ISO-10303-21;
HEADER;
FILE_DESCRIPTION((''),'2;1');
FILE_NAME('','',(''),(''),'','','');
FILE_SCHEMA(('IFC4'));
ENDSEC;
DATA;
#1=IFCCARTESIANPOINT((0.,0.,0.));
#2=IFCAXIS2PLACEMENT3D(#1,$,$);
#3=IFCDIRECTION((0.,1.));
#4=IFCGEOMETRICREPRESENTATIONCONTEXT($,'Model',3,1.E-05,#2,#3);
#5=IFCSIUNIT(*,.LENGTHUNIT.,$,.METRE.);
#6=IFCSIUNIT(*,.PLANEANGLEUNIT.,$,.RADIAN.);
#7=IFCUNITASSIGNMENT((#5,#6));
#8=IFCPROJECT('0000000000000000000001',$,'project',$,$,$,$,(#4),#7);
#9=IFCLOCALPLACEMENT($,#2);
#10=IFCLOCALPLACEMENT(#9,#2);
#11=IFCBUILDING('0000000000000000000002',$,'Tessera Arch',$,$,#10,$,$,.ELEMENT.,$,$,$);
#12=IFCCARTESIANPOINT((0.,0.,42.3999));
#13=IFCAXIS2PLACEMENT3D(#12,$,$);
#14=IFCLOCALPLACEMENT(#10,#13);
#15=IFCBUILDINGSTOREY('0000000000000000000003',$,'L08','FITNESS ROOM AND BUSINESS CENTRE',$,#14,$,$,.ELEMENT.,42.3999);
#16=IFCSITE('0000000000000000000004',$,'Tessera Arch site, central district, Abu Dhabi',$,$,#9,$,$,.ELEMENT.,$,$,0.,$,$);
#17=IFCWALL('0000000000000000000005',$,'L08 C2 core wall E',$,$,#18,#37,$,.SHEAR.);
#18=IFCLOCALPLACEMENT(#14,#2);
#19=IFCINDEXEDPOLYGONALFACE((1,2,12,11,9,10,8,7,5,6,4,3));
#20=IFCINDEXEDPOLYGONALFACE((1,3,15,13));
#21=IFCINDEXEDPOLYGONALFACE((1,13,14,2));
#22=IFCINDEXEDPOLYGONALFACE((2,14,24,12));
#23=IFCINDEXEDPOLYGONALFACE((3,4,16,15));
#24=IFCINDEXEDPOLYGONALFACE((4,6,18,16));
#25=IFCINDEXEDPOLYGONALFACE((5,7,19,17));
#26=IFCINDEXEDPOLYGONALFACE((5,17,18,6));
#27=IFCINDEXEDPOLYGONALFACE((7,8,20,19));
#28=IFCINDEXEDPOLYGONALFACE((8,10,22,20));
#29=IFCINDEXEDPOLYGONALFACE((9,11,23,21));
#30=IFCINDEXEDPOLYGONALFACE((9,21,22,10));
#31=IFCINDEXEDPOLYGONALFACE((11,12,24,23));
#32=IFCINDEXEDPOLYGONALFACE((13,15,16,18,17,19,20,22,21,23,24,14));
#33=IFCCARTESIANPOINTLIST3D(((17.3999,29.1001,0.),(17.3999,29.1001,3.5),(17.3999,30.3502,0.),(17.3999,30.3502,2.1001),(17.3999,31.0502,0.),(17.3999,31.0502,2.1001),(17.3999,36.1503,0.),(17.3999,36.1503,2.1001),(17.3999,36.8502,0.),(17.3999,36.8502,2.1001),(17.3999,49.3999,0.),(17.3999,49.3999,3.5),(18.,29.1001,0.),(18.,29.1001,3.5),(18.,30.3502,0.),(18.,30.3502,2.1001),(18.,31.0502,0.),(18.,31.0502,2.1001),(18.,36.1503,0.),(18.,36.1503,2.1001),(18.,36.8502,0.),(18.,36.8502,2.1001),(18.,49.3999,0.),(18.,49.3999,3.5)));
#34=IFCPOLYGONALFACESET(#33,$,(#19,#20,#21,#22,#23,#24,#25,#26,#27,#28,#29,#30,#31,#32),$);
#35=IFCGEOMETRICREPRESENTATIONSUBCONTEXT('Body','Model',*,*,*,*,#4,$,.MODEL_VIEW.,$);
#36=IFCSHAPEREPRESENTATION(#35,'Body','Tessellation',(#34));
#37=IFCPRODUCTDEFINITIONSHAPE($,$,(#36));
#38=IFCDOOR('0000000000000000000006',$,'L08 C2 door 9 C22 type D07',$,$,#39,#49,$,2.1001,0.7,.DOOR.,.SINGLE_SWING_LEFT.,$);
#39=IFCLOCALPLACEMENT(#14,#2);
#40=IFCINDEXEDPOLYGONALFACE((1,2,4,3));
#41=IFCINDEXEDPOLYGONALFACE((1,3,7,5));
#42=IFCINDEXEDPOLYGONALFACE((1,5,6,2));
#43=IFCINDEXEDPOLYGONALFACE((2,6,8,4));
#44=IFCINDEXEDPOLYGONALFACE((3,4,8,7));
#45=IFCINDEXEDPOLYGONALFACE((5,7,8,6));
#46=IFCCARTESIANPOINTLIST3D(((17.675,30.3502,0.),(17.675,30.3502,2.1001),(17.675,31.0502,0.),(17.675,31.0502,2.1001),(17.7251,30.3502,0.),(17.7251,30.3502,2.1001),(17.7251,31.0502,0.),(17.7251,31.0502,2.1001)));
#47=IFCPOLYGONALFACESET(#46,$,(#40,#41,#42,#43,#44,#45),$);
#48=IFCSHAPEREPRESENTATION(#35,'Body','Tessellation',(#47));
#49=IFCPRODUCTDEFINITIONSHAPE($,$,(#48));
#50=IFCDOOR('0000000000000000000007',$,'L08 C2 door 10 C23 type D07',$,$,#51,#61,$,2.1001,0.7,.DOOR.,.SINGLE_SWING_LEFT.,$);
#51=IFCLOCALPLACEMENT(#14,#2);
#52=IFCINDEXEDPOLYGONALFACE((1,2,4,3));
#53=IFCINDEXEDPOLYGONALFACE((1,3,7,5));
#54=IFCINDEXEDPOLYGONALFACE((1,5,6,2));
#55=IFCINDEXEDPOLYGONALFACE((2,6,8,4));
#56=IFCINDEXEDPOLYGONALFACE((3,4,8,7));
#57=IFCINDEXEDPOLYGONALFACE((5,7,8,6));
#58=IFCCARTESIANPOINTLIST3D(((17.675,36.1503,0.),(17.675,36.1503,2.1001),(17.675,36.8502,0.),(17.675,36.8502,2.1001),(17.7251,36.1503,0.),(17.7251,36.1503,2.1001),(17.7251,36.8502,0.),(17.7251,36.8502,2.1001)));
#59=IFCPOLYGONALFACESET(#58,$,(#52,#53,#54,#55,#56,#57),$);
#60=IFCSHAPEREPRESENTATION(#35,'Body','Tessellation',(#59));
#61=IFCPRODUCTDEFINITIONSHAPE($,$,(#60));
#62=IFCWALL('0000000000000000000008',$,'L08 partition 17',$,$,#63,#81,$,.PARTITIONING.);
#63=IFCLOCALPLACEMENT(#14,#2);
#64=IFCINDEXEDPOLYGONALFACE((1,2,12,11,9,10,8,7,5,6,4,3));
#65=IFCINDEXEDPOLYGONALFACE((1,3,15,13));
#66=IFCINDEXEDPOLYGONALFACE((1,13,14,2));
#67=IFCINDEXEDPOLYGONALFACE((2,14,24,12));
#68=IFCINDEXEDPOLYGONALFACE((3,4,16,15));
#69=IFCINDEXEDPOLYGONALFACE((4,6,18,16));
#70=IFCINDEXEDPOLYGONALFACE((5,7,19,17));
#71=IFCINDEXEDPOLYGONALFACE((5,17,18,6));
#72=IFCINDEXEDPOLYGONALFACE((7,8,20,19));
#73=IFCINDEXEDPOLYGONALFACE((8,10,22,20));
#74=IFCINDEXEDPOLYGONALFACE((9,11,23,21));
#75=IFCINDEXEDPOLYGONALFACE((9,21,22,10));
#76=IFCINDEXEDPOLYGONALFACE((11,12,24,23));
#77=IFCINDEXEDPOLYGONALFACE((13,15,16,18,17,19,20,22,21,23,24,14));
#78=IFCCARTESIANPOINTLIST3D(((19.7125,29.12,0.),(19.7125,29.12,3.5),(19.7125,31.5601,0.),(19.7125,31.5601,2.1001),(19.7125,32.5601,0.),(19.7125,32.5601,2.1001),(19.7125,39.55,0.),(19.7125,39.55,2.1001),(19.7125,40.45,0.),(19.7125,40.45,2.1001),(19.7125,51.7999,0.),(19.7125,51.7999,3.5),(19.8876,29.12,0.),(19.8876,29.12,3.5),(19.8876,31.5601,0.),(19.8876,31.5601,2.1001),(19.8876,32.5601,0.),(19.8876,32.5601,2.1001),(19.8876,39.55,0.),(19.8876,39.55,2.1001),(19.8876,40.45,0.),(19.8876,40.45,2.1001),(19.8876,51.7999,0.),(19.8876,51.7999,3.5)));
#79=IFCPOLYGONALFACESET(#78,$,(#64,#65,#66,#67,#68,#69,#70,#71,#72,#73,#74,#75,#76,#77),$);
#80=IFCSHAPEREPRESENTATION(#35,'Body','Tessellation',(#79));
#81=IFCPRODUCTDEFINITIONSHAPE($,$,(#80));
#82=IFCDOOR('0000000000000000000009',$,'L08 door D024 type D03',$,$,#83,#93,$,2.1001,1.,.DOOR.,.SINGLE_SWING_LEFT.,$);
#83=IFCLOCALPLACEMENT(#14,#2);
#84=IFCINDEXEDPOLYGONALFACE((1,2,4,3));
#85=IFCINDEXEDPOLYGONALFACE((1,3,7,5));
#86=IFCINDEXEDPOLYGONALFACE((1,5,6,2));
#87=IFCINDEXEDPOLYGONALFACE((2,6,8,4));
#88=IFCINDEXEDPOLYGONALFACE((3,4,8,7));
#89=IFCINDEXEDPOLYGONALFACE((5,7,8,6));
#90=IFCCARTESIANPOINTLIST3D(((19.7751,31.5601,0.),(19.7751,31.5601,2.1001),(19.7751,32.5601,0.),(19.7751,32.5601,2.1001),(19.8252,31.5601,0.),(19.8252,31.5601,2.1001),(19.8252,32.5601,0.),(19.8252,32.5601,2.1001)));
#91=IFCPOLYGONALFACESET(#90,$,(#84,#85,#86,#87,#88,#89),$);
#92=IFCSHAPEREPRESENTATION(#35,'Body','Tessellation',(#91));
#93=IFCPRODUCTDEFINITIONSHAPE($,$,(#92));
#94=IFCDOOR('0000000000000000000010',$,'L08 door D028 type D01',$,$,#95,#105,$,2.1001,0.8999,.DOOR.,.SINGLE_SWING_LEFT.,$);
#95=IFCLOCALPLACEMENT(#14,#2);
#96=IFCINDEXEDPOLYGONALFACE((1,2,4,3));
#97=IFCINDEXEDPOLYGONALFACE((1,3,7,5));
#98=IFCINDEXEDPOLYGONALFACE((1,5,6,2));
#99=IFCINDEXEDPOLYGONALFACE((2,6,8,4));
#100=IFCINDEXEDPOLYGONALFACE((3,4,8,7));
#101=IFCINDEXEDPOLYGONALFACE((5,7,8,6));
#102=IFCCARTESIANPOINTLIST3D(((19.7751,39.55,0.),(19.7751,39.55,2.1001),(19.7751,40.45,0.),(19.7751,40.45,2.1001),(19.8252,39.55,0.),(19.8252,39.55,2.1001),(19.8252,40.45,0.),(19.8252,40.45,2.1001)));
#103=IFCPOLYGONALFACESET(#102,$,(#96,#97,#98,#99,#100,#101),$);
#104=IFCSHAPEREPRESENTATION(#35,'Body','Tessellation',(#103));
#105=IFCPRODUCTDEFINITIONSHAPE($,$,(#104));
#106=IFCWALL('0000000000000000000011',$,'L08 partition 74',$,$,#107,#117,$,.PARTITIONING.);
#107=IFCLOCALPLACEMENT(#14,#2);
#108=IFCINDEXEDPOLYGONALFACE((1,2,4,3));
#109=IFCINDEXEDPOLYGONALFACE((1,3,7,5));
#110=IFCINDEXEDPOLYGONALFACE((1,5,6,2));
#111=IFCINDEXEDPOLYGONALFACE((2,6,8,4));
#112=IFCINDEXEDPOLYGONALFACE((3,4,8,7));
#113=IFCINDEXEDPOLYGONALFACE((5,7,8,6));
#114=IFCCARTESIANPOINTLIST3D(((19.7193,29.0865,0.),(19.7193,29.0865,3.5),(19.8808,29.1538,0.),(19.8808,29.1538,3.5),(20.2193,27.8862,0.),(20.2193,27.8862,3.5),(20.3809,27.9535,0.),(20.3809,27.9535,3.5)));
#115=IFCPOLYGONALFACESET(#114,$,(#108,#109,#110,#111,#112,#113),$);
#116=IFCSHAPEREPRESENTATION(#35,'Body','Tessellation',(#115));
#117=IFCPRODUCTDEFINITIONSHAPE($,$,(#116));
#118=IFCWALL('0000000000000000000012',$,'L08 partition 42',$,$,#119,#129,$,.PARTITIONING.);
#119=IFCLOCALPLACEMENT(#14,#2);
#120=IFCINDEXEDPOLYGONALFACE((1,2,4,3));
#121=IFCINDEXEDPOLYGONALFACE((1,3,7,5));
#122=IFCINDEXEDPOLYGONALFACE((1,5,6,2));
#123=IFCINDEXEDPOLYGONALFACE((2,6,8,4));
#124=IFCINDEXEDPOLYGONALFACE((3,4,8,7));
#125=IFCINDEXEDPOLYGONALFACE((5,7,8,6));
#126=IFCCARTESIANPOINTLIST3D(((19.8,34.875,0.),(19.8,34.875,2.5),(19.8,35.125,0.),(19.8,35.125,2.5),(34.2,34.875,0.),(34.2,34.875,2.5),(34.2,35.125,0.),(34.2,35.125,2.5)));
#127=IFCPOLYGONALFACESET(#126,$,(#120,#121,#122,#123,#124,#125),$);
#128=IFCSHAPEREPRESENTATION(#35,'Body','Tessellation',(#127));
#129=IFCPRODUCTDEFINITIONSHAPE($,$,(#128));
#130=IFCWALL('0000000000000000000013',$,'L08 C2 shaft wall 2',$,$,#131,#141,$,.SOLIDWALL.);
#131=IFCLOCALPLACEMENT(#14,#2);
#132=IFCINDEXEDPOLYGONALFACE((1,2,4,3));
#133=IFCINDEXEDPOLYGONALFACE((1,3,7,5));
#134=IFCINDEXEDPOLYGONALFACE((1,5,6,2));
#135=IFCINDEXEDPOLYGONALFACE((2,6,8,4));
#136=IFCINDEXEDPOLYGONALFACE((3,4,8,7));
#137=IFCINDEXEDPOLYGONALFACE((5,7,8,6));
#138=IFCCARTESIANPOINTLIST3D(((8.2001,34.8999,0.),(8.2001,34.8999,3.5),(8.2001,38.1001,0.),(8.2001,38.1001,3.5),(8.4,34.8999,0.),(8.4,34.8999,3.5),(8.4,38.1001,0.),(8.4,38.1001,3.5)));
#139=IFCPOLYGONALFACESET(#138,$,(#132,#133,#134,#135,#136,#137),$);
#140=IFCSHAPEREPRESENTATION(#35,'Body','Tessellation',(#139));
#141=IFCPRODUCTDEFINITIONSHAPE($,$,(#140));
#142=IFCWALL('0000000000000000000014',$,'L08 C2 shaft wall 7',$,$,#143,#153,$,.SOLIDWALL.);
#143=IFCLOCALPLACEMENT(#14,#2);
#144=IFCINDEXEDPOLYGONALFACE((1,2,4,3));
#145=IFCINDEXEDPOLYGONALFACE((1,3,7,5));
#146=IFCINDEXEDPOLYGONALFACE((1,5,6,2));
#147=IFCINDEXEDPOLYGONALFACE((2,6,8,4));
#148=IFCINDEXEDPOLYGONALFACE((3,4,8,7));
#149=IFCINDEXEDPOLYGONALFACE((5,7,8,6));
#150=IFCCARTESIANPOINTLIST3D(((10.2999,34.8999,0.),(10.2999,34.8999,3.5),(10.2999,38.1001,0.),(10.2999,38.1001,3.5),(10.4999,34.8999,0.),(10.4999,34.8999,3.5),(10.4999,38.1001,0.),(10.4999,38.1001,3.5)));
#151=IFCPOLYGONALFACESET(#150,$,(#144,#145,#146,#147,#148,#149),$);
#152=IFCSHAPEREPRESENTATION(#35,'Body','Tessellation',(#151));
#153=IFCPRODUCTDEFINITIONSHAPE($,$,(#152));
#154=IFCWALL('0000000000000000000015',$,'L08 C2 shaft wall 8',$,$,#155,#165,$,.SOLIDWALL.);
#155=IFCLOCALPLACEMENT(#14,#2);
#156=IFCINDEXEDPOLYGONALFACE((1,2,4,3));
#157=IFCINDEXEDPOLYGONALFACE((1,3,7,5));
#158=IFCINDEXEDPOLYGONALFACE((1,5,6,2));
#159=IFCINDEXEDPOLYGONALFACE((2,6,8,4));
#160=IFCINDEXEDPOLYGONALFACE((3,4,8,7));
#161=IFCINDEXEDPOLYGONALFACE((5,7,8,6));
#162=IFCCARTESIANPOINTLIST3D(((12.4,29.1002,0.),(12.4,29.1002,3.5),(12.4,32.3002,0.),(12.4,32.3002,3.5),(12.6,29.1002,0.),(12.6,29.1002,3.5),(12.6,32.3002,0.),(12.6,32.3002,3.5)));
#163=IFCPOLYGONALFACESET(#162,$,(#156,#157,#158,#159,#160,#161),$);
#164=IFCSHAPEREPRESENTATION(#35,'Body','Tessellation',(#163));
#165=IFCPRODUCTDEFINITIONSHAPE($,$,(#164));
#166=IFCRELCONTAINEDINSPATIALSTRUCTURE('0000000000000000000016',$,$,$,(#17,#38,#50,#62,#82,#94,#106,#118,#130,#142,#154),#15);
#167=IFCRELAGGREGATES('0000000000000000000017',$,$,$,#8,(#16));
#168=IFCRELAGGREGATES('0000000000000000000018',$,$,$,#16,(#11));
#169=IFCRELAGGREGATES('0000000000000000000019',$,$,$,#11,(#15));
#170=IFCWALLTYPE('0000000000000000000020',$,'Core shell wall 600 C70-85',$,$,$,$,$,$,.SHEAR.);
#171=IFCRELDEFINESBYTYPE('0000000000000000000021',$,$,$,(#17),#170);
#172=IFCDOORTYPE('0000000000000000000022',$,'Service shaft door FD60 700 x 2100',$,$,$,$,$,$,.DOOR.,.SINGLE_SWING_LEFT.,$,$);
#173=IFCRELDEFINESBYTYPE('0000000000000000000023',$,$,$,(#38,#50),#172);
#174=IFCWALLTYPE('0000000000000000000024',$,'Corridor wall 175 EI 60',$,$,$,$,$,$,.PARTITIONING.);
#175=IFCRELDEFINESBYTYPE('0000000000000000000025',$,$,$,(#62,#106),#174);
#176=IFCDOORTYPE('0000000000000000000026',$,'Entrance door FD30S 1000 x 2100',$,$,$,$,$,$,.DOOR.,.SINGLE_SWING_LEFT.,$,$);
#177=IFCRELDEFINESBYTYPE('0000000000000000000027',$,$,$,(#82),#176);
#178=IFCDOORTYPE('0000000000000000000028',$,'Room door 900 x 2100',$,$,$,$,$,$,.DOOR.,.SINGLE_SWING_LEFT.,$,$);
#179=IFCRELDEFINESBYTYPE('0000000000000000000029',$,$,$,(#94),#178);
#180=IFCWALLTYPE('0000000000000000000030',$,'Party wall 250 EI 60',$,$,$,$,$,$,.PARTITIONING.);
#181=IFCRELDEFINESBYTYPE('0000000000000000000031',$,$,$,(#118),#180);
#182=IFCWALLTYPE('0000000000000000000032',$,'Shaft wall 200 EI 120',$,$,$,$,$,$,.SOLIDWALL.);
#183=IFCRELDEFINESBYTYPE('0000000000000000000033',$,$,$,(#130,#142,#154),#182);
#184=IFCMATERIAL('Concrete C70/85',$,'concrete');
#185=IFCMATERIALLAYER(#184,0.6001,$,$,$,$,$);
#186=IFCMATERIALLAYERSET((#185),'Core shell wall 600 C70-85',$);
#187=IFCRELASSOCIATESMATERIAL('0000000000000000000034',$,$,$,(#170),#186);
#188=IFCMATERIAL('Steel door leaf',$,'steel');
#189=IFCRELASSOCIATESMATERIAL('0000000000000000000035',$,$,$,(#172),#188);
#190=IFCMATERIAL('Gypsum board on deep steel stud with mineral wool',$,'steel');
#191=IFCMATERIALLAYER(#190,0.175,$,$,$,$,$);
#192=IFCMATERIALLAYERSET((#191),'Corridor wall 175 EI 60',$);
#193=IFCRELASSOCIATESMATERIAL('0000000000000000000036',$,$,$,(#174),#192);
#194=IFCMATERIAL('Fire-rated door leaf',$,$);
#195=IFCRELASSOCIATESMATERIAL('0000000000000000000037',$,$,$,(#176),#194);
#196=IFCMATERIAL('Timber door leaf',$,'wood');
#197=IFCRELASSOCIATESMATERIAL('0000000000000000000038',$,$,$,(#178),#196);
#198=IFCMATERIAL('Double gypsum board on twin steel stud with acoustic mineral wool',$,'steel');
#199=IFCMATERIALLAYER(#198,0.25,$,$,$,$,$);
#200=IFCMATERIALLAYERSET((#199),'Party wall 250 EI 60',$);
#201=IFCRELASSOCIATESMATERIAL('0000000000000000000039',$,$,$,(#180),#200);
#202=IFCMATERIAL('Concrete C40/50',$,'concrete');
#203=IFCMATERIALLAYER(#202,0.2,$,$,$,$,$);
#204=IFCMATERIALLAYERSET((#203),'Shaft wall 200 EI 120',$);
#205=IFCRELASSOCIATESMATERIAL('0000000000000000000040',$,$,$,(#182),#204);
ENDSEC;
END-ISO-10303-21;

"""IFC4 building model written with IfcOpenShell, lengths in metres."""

from ifc_helpers import new_model, si_unit, direction, frame, frame_2d, origin, place, context, subcontext, project, spatial, rectangle, extrude, material, layer, layer_set, type_object, element, fill, save


model = new_model("IFC4")

# Units and contexts
model_context = context("Model", 3, precision=1e-05, world=origin(), true_north=direction((0.0, 1.0)))
body_context = subcontext(model_context, "Body", "Model", "MODEL_VIEW")
ifc_project = project(units=[si_unit("LENGTHUNIT", "METRE"), si_unit("PLANEANGLEUNIT", "RADIAN")], contexts=[model_context])

# Site, building, storey
site_placement = place(None, origin())
site = spatial("IfcSite", under=ifc_project, at=site_placement, Name="Tessera Arch site, central district, Abu Dhabi", CompositionType="ELEMENT", RefElevation=0.0)
building_placement = place(site_placement, origin())
building = spatial("IfcBuilding", under=site, at=building_placement, Name="Tessera Arch", CompositionType="ELEMENT")
storey_placement = place(building_placement, frame((0.0, 0.0, 42.3999)))
storey = spatial("IfcBuildingStorey", under=building, at=storey_placement, Name="L08", Description="FITNESS ROOM AND BUSINESS CENTRE", CompositionType="ELEMENT", Elevation=42.3999)

# Walls, openings, doors
ifc_material_1 = material(Name="Concrete C70/85", Category="concrete")
ifc_layer_1 = layer(ifc_material_1, 0.6001)
ifc_layer_set_1 = layer_set([ifc_layer_1], Name="Core shell wall 600 C70-85")
wall_type_1 = type_object("IfcWallType", Name="Core shell wall 600 C70-85", PredefinedType="SHEAR", material=ifc_layer_set_1)
wall_1_placement = place(storey_placement, frame((17.7, 29.1001, 0.0), z_axis=(0.0, 0.0, 1.0), x_axis=(0.0, 1.0, 0.0)))
wall_1 = element("IfcWall", 1, at=wall_1_placement, inside=storey, type_object=wall_type_1, Name="L08 C2 core wall E", PredefinedType="SHEAR", context=body_context, shape_type="SweptSolid", body=[
    extrude(rectangle(XDim=20.2998, YDim=0.6001, at=frame_2d((10.1499, 0.0))), origin(), (0.0, 0.0, 1.0), 3.5),
])
opening_1_placement = place(wall_1_placement, frame((1.25, 0.0, 0.0)))
opening_1 = element("IfcOpeningElement", 2, at=opening_1_placement, cuts=wall_1, PredefinedType="OPENING", context=body_context, shape_type="SweptSolid", body=[
    extrude(rectangle(XDim=0.7, YDim=2.1001, at=frame_2d((0.3501, 1.05))), frame((0.0, 0.3101, 0.0), z_axis=(0.0, -1.0, 0.0), x_axis=(1.0, 0.0, 0.0)), (0.0, 0.0, 1.0), 0.6201),
])
opening_2_placement = place(wall_1_placement, frame((7.05, 0.0, 0.0)))
opening_2 = element("IfcOpeningElement", 3, at=opening_2_placement, cuts=wall_1, PredefinedType="OPENING", context=body_context, shape_type="SweptSolid", body=[
    extrude(rectangle(XDim=0.7, YDim=2.1001, at=frame_2d((0.3501, 1.05))), frame((0.0, 0.3101, 0.0), z_axis=(0.0, -1.0, 0.0), x_axis=(1.0, 0.0, 0.0)), (0.0, 0.0, 1.0), 0.6201),
])
ifc_material_2 = material(Name="Steel door leaf", Category="steel")
door_type_1 = type_object("IfcDoorType", Name="Service shaft door FD60 700 x 2100", OperationType="SINGLE_SWING_LEFT", PredefinedType="DOOR", material=ifc_material_2)
door_1_placement = place(opening_1_placement, origin())
door_1 = element("IfcDoor", 4, at=door_1_placement, inside=storey, type_object=door_type_1, Name="L08 C2 door 9 C22 type D07", OperationType="SINGLE_SWING_LEFT", OverallHeight=2.1001, OverallWidth=0.7, PredefinedType="DOOR", context=body_context, shape_type="SweptSolid", body=[
    extrude(rectangle(XDim=0.7, YDim=2.1001, at=frame_2d((0.3501, 1.05))), frame((0.0, 0.0249, 0.0), z_axis=(0.0, -1.0, 0.0), x_axis=(1.0, 0.0, 0.0)), (0.0, 0.0, 1.0), 0.05),
])
fill(opening_1, door_1)
door_2_placement = place(opening_2_placement, origin())
door_2 = element("IfcDoor", 5, at=door_2_placement, inside=storey, type_object=door_type_1, Name="L08 C2 door 10 C23 type D07", OperationType="SINGLE_SWING_LEFT", OverallHeight=2.1001, OverallWidth=0.7, PredefinedType="DOOR", context=body_context, shape_type="SweptSolid", body=[
    extrude(rectangle(XDim=0.7, YDim=2.1001, at=frame_2d((0.3501, 1.05))), frame((0.0, 0.0249, 0.0), z_axis=(0.0, -1.0, 0.0), x_axis=(1.0, 0.0, 0.0)), (0.0, 0.0, 1.0), 0.05),
])
fill(opening_2, door_2)
ifc_material_3 = material(Name="Gypsum board on deep steel stud with mineral wool", Category="steel")
ifc_layer_2 = layer(ifc_material_3, 0.175)
ifc_layer_set_2 = layer_set([ifc_layer_2], Name="Corridor wall 175 EI 60")
wall_type_2 = type_object("IfcWallType", Name="Corridor wall 175 EI 60", PredefinedType="PARTITIONING", material=ifc_layer_set_2)
wall_2_placement = place(storey_placement, frame((19.8, 29.1201, 0.0), z_axis=(0.0, 0.0, 1.0), x_axis=(0.0, 1.0, 0.0)))
wall_2 = element("IfcWall", 6, at=wall_2_placement, inside=storey, type_object=wall_type_2, Name="L08 partition 17", PredefinedType="PARTITIONING", context=body_context, shape_type="SweptSolid", body=[
    extrude(rectangle(XDim=22.6799, YDim=0.175, at=frame_2d((11.3398, 0.0))), origin(), (0.0, 0.0, 1.0), 3.5),
])
opening_3_placement = place(wall_2_placement, frame((2.4399, 0.0, 0.0)))
opening_3 = element("IfcOpeningElement", 7, at=opening_3_placement, cuts=wall_2, PredefinedType="OPENING", context=body_context, shape_type="SweptSolid", body=[
    extrude(rectangle(XDim=1.0, YDim=2.1001, at=frame_2d((0.5, 1.05))), frame((0.0, 0.0974, 0.0), z_axis=(0.0, -1.0, 0.0), x_axis=(1.0, 0.0, 0.0)), (0.0, 0.0, 1.0), 0.1951),
])
opening_4_placement = place(wall_2_placement, frame((10.4299, 0.0, 0.0)))
opening_4 = element("IfcOpeningElement", 8, at=opening_4_placement, cuts=wall_2, PredefinedType="OPENING", context=body_context, shape_type="SweptSolid", body=[
    extrude(rectangle(XDim=0.8999, YDim=2.1001, at=frame_2d((0.45, 1.05))), frame((0.0, 0.0974, 0.0), z_axis=(0.0, -1.0, 0.0), x_axis=(1.0, 0.0, 0.0)), (0.0, 0.0, 1.0), 0.1951),
])
ifc_material_4 = material(Name="Fire-rated door leaf")
door_type_2 = type_object("IfcDoorType", Name="Entrance door FD30S 1000 x 2100", OperationType="SINGLE_SWING_LEFT", PredefinedType="DOOR", material=ifc_material_4)
door_3_placement = place(opening_3_placement, origin())
door_3 = element("IfcDoor", 9, at=door_3_placement, inside=storey, type_object=door_type_2, Name="L08 door D024 type D03", OperationType="SINGLE_SWING_LEFT", OverallHeight=2.1001, OverallWidth=1.0, PredefinedType="DOOR", context=body_context, shape_type="SweptSolid", body=[
    extrude(rectangle(XDim=1.0, YDim=2.1001, at=frame_2d((0.5, 1.05))), frame((0.0, 0.0249, 0.0), z_axis=(0.0, -1.0, 0.0), x_axis=(1.0, 0.0, 0.0)), (0.0, 0.0, 1.0), 0.05),
])
fill(opening_3, door_3)
ifc_material_5 = material(Name="Timber door leaf", Category="wood")
door_type_3 = type_object("IfcDoorType", Name="Room door 900 x 2100", OperationType="SINGLE_SWING_LEFT", PredefinedType="DOOR", material=ifc_material_5)
door_4_placement = place(opening_4_placement, origin())
door_4 = element("IfcDoor", 10, at=door_4_placement, inside=storey, type_object=door_type_3, Name="L08 door D028 type D01", OperationType="SINGLE_SWING_LEFT", OverallHeight=2.1001, OverallWidth=0.8999, PredefinedType="DOOR", context=body_context, shape_type="SweptSolid", body=[
    extrude(rectangle(XDim=0.8999, YDim=2.1001, at=frame_2d((0.45, 1.05))), frame((0.0, 0.0249, 0.0), z_axis=(0.0, -1.0, 0.0), x_axis=(1.0, 0.0, 0.0)), (0.0, 0.0, 1.0), 0.05),
])
fill(opening_4, door_4)

# Walls
wall_3_placement = place(storey_placement, frame((19.8, 29.1201, 0.0), z_axis=(0.0, 0.0, 1.0), x_axis=(0.384562, -0.923099, 0.0)))
element("IfcWall", 11, at=wall_3_placement, inside=storey, type_object=wall_type_2, Name="L08 partition 74", PredefinedType="PARTITIONING", context=body_context, shape_type="SweptSolid", body=[
    extrude(rectangle(XDim=1.3003, YDim=0.175, at=frame_2d((0.6501, 0.0))), origin(), (0.0, 0.0, 1.0), 3.5),
])
ifc_material_6 = material(Name="Double gypsum board on twin steel stud with acoustic mineral wool", Category="steel")
ifc_layer_3 = layer(ifc_material_6, 0.25)
ifc_layer_set_3 = layer_set([ifc_layer_3], Name="Party wall 250 EI 60")
wall_type_3 = type_object("IfcWallType", Name="Party wall 250 EI 60", PredefinedType="PARTITIONING", material=ifc_layer_set_3)
wall_4_placement = place(storey_placement, frame((19.8, 35.0, 0.0), z_axis=(0.0, 0.0, 1.0), x_axis=(1.0, 0.0, 0.0)))
element("IfcWall", 12, at=wall_4_placement, inside=storey, type_object=wall_type_3, Name="L08 partition 42", PredefinedType="PARTITIONING", context=body_context, shape_type="SweptSolid", body=[
    extrude(rectangle(XDim=14.3999, YDim=0.25, at=frame_2d((7.2, 0.0))), origin(), (0.0, 0.0, 1.0), 2.5),
])
ifc_material_7 = material(Name="Concrete C40/50", Category="concrete")
ifc_layer_4 = layer(ifc_material_7, 0.2)
ifc_layer_set_4 = layer_set([ifc_layer_4], Name="Shaft wall 200 EI 120")
wall_type_4 = type_object("IfcWallType", Name="Shaft wall 200 EI 120", PredefinedType="SOLIDWALL", material=ifc_layer_set_4)
for number, where, z_axis, x_axis, name in (
    (13, (8.3, 34.8999, 0.0), (0.0, 0.0, 1.0), (0.0, 1.0, 0.0), "L08 C2 shaft wall 2"),
    (14, (10.3999, 34.8999, 0.0), (0.0, 0.0, 1.0), (0.0, 1.0, 0.0), "L08 C2 shaft wall 7"),
):
    element("IfcWall", number, at=place(storey_placement, frame(where, z_axis=z_axis, x_axis=x_axis)), inside=storey, type_object=wall_type_4, Name=name, PredefinedType="SOLIDWALL", context=body_context, shape_type="SweptSolid", body=[
        extrude(rectangle(XDim=3.2002, YDim=0.2, at=frame_2d((1.6001, 0.0))), origin(), (0.0, 0.0, 1.0), 3.5),
    ])
wall_5_placement = place(storey_placement, frame((12.5, 29.1001, 0.0), z_axis=(0.0, 0.0, 1.0), x_axis=(0.0, 1.0, 0.0)))
element("IfcWall", 15, at=wall_5_placement, inside=storey, type_object=wall_type_4, Name="L08 C2 shaft wall 8", PredefinedType="SOLIDWALL", context=body_context, shape_type="SweptSolid", body=[
    extrude(rectangle(XDim=3.2, YDim=0.2, at=frame_2d((1.6001, 0.0))), origin(), (0.0, 0.0, 1.0), 3.5),
])

save(model, "model.ifc")
